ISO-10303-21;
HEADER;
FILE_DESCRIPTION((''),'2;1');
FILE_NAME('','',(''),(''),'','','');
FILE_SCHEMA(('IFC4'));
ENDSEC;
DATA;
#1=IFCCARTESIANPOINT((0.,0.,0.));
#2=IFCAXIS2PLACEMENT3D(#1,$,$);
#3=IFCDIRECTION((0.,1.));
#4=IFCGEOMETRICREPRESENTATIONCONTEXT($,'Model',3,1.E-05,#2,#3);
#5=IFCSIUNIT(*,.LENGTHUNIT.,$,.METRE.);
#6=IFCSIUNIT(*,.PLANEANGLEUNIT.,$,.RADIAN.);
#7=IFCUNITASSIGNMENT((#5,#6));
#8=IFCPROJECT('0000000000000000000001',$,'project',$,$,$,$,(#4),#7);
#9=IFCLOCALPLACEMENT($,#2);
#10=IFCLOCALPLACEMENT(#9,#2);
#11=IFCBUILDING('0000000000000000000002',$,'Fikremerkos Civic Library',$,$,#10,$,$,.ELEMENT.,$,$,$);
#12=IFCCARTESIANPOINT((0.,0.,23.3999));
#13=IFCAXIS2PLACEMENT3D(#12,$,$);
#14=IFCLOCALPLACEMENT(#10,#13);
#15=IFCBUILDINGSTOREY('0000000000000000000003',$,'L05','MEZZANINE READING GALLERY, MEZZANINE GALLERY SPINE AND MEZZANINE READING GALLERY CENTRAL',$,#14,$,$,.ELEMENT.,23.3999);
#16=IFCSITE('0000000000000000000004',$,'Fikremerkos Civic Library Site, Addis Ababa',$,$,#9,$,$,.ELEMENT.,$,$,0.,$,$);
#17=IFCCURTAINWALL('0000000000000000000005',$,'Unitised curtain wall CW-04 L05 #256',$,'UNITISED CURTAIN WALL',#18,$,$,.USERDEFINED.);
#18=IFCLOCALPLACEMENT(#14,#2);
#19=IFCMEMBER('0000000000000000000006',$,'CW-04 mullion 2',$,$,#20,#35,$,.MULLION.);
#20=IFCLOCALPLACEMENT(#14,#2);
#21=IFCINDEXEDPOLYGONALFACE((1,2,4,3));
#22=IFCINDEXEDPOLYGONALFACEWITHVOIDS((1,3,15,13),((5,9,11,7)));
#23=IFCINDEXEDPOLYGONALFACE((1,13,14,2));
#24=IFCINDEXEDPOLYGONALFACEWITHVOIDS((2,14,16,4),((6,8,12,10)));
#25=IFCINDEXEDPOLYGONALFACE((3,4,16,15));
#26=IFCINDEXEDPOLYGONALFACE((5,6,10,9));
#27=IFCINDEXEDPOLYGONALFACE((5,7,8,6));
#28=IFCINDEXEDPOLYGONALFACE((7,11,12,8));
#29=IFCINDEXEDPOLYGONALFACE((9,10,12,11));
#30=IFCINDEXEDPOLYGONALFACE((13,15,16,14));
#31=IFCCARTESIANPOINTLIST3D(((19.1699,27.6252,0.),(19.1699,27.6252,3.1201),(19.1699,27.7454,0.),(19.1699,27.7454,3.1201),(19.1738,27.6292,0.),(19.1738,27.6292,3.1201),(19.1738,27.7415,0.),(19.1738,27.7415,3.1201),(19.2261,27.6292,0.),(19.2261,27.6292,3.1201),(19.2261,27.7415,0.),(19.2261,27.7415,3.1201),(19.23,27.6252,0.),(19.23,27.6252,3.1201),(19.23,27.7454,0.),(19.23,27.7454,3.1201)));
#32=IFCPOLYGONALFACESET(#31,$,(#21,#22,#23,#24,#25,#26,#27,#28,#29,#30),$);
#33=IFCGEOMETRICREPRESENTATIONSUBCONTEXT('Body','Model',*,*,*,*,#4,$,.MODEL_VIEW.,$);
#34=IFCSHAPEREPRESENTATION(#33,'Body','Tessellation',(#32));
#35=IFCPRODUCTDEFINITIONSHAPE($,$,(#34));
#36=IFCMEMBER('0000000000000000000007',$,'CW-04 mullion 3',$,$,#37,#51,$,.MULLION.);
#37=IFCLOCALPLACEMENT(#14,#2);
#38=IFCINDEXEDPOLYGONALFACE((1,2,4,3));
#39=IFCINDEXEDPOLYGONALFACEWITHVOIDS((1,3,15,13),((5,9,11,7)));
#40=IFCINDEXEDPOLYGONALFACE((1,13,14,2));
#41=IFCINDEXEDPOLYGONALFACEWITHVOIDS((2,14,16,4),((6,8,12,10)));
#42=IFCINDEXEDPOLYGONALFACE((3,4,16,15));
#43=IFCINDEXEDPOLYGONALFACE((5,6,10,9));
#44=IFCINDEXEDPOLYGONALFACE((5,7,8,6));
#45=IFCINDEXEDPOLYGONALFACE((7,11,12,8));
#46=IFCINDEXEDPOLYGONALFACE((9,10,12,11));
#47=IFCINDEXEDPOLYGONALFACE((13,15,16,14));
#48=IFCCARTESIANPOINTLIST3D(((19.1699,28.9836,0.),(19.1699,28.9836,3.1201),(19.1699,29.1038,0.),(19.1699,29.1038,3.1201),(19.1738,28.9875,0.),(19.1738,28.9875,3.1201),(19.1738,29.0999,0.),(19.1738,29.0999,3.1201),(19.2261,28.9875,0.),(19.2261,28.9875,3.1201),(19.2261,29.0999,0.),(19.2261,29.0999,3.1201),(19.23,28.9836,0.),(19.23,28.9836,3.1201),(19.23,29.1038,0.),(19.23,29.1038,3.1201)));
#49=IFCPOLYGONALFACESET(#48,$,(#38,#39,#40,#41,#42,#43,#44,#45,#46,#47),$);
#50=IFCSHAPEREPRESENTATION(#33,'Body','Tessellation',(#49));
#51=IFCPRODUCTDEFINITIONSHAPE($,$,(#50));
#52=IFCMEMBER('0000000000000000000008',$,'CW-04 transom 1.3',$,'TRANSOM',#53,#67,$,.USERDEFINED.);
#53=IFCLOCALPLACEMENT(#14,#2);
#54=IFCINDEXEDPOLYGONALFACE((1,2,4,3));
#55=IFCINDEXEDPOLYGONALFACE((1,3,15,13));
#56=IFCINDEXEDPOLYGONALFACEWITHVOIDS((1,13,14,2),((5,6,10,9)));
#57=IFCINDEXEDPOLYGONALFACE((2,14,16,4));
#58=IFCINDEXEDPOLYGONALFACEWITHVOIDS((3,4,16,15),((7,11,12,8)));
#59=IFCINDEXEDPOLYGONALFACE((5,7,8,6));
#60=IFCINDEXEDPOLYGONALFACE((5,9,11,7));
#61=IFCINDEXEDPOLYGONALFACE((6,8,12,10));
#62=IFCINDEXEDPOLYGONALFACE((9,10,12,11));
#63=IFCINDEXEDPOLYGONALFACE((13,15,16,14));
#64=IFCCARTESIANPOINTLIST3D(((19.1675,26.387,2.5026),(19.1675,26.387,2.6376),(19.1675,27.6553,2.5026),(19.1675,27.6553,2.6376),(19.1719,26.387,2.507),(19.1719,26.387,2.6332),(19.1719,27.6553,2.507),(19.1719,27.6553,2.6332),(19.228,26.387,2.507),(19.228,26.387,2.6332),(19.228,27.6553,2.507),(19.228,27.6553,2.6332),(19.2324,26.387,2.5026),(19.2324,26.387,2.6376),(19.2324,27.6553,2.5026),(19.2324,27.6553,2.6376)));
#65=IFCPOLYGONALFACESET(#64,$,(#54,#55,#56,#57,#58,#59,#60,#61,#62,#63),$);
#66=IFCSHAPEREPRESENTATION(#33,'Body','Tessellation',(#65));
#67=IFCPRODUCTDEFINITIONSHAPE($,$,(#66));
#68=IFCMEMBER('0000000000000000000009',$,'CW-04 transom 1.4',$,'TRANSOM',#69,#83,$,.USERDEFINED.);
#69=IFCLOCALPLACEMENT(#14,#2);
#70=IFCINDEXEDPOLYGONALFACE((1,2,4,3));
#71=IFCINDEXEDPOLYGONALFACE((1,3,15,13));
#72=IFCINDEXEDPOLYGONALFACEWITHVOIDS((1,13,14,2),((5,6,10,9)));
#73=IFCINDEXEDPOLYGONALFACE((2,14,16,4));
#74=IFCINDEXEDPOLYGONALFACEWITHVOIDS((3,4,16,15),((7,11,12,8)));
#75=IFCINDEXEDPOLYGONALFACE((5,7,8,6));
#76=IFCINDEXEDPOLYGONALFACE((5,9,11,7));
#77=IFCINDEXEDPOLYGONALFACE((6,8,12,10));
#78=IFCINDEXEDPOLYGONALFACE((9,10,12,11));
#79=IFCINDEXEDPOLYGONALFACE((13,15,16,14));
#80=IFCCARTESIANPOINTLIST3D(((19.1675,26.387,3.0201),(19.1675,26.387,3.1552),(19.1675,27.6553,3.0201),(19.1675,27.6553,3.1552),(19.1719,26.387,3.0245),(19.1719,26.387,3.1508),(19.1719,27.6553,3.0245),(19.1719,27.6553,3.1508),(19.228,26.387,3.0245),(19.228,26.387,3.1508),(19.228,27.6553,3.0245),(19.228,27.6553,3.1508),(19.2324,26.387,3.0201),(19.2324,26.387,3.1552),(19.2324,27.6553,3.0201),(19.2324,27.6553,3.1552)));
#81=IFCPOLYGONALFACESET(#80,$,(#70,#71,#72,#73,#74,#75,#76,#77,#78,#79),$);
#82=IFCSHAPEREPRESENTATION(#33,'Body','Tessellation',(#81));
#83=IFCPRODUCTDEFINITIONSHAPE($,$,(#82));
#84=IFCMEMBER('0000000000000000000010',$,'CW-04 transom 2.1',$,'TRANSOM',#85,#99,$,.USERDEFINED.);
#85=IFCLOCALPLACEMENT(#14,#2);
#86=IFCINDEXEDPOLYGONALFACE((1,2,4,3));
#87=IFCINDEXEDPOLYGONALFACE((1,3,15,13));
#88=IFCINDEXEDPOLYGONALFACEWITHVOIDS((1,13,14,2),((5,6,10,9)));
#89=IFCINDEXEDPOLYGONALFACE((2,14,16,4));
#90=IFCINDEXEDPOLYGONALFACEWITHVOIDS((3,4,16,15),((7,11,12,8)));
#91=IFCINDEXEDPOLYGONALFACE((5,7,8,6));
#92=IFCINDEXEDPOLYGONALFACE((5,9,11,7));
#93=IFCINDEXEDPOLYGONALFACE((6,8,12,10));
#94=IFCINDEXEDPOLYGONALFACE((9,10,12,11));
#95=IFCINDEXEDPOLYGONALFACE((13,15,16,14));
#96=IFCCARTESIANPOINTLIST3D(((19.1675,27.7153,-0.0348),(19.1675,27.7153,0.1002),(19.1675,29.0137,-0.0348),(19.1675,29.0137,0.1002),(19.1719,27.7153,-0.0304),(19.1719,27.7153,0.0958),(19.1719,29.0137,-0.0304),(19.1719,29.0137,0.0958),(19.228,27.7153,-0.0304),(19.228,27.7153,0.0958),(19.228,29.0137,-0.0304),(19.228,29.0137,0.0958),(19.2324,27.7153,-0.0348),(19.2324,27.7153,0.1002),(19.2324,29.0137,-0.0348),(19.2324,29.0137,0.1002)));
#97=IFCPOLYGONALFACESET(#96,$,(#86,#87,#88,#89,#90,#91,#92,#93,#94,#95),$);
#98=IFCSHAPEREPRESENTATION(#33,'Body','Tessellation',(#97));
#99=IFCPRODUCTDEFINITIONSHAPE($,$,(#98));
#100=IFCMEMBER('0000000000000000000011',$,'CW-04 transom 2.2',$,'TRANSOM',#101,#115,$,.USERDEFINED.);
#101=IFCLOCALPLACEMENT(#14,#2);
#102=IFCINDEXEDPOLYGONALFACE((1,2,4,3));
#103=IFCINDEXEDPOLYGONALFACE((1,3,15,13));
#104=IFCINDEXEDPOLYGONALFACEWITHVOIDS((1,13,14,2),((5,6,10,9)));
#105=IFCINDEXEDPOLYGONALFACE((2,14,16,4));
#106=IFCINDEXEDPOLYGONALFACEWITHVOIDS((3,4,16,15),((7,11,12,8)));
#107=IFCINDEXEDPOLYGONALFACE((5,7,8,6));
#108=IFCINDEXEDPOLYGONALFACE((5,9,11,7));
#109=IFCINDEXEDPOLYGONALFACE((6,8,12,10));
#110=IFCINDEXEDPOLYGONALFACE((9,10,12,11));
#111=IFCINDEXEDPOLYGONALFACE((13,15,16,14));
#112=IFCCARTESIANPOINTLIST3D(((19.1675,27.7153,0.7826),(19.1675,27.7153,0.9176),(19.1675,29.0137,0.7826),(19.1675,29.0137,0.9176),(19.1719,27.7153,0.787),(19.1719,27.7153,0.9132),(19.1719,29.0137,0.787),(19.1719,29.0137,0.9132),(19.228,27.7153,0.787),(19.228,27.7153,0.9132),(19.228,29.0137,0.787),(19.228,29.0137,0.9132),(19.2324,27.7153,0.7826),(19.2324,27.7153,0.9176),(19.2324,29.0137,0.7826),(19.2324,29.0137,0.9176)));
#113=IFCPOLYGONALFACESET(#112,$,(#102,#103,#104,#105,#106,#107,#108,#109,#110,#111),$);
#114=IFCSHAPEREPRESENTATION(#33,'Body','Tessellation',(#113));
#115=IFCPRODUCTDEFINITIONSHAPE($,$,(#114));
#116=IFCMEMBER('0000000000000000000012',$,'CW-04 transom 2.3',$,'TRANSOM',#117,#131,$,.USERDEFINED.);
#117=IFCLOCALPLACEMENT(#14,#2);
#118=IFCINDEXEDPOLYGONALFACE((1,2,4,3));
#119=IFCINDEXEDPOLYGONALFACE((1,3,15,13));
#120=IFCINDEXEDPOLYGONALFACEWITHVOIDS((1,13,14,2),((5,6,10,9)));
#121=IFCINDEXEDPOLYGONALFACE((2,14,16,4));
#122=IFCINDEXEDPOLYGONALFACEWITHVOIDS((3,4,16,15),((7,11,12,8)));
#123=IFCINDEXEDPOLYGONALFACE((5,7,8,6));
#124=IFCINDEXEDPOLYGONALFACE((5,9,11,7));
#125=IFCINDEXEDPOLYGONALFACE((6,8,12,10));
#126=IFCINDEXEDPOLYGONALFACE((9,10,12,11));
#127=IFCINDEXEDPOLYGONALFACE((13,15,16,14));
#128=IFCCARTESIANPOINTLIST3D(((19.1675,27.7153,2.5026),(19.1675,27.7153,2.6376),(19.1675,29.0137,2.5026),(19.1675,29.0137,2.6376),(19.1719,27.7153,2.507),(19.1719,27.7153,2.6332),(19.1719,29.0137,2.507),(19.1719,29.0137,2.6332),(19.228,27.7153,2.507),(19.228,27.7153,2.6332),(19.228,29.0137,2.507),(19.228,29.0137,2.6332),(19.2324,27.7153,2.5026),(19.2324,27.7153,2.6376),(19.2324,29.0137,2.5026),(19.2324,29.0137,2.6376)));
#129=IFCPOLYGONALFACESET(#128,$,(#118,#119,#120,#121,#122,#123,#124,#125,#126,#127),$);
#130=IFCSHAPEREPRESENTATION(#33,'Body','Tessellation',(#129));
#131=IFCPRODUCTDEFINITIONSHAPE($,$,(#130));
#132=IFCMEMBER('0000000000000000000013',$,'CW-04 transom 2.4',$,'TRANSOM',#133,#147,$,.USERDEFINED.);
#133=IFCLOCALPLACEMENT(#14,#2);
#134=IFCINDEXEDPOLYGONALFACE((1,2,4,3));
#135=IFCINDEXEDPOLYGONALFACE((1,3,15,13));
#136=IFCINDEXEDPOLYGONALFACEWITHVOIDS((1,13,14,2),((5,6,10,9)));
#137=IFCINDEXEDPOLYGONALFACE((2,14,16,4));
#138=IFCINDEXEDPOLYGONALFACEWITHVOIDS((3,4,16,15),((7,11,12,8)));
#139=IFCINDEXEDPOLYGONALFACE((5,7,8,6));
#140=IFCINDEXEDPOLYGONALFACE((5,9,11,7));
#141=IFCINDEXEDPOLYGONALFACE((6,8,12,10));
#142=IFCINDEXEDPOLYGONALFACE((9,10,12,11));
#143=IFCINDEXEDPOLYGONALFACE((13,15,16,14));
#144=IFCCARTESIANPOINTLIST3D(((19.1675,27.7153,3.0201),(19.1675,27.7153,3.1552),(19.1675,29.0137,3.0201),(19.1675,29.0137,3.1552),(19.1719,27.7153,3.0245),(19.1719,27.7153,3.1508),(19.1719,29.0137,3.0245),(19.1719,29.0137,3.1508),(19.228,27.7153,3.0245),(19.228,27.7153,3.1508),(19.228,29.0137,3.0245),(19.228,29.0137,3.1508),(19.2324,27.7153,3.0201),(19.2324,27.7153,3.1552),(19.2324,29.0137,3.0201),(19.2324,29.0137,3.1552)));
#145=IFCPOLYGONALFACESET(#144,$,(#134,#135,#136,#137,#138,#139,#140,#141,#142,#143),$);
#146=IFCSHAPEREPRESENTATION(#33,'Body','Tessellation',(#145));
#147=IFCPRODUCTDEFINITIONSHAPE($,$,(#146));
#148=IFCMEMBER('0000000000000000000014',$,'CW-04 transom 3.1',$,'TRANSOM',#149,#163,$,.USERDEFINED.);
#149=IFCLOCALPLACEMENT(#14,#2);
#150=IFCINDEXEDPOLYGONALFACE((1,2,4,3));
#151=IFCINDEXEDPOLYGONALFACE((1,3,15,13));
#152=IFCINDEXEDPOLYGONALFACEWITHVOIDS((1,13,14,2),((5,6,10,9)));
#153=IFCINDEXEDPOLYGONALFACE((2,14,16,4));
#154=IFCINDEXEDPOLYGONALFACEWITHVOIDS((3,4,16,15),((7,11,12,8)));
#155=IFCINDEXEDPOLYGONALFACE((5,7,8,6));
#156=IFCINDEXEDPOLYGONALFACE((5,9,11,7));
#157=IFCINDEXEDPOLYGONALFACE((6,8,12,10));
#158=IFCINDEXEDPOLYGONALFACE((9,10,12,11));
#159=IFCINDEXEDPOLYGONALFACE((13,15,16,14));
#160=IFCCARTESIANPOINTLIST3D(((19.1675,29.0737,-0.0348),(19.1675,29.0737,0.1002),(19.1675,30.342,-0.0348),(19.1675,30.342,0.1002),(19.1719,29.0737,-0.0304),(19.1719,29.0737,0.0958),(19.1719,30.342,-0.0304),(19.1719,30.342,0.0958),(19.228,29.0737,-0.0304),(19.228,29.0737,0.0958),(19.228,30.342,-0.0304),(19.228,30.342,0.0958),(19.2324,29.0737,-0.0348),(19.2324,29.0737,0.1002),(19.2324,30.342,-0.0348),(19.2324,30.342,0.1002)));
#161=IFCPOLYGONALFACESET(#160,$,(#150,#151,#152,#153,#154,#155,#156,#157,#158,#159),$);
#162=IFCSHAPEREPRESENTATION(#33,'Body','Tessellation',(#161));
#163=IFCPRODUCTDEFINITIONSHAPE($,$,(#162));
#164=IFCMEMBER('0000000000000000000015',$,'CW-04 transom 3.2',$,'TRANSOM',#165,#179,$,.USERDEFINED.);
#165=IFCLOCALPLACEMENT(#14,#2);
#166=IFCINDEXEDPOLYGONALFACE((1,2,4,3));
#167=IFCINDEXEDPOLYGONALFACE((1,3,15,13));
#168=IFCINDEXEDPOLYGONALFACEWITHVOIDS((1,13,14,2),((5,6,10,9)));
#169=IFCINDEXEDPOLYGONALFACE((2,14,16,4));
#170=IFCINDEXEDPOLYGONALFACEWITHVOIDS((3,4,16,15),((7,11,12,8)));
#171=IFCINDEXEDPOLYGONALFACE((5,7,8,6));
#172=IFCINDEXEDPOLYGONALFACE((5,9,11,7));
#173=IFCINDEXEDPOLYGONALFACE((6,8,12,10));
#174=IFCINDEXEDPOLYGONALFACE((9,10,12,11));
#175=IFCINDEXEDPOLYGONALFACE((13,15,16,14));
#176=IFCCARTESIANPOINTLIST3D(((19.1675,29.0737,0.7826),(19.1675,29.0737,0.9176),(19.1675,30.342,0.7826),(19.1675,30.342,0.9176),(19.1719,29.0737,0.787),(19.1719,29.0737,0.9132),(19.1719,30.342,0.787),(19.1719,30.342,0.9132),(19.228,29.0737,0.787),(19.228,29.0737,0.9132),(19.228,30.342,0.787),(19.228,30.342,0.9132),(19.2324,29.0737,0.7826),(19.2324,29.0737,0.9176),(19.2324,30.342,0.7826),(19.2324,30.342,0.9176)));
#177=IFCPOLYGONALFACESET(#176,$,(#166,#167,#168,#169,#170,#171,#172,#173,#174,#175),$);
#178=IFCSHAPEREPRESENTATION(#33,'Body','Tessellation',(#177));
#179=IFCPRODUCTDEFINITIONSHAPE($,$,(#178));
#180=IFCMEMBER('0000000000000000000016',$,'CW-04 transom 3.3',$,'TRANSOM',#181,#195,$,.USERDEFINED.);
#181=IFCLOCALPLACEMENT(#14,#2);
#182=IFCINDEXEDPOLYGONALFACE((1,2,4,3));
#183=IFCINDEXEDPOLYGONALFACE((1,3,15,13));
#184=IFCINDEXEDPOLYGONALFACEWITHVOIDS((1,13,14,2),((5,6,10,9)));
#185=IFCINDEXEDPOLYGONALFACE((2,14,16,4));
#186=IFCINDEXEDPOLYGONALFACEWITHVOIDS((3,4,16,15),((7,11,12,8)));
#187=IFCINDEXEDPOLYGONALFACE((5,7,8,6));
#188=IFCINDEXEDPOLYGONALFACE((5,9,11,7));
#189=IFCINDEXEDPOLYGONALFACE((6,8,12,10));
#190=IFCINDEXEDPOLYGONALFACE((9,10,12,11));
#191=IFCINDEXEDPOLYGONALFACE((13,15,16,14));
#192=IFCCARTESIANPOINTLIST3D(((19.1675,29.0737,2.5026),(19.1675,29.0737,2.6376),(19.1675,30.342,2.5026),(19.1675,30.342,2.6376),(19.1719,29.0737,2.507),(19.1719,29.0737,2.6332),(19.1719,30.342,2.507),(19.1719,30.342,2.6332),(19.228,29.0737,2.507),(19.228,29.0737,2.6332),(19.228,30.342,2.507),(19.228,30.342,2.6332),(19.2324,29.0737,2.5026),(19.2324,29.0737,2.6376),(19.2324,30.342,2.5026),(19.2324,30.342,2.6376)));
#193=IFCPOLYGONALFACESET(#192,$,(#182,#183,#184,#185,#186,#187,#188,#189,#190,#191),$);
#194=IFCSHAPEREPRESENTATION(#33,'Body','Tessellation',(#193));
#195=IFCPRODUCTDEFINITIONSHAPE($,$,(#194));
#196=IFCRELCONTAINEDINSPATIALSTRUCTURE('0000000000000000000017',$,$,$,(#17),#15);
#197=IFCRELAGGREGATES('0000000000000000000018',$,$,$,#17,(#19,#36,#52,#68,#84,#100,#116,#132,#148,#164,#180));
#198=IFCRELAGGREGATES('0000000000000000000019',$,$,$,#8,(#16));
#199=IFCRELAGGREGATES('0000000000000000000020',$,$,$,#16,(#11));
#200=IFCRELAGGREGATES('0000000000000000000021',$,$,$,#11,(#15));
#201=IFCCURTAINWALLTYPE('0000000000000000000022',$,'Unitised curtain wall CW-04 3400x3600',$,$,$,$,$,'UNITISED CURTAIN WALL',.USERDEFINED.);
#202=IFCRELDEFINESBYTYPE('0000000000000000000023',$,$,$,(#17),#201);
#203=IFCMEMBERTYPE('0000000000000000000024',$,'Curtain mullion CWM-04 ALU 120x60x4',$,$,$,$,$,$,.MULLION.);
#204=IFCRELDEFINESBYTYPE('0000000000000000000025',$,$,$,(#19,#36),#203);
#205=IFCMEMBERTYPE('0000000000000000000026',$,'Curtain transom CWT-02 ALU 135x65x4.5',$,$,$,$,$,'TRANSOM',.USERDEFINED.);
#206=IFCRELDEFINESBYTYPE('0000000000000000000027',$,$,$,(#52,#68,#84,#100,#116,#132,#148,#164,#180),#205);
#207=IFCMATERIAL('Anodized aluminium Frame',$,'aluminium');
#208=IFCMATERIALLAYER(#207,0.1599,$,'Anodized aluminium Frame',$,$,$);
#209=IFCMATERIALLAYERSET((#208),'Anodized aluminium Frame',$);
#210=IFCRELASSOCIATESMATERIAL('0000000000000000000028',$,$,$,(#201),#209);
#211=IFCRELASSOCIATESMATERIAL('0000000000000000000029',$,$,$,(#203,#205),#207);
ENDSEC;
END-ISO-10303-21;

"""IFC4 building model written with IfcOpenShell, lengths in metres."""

from ifc_helpers import new_model, si_unit, direction, frame, origin, origin_2d, place, context, subcontext, project, spatial, hollow_rectangle, extrude, material, layer, layer_set, material_profile, profile_set, type_object, element, aggregate, save


model = new_model("IFC4")

# Units and contexts
model_context = context("Model", 3, precision=1e-05, world=origin(), true_north=direction((0.0, 1.0)))
body_context = subcontext(model_context, "Body", "Model", "MODEL_VIEW")
ifc_project = project(units=[si_unit("LENGTHUNIT", "METRE"), si_unit("PLANEANGLEUNIT", "RADIAN")], contexts=[model_context])

# Site, building, storey
site_placement = place(None, origin())
site = spatial("IfcSite", under=ifc_project, at=site_placement, Name="Fikremerkos Civic Library Site, Addis Ababa", CompositionType="ELEMENT", RefElevation=0.0)
building_placement = place(site_placement, origin())
building = spatial("IfcBuilding", under=site, at=building_placement, Name="Fikremerkos Civic Library", CompositionType="ELEMENT")
storey_placement = place(building_placement, frame((0.0, 0.0, 23.3999)))
storey = spatial("IfcBuildingStorey", under=building, at=storey_placement, Name="L05", Description="MEZZANINE READING GALLERY, MEZZANINE GALLERY SPINE AND MEZZANINE READING GALLERY CENTRAL", CompositionType="ELEMENT", Elevation=23.3999)

# Curtain wall, members
ifc_material_1 = material(Name="Anodized aluminium Frame", Category="aluminium")
ifc_layer_1 = layer(ifc_material_1, 0.1599, Name="Anodized aluminium Frame")
ifc_layer_set_1 = layer_set([ifc_layer_1], Name="Anodized aluminium Frame")
curtain_wall_type = type_object("IfcCurtainWallType", Name="Unitised curtain wall CW-04 3400x3600", ElementType="UNITISED CURTAIN WALL", PredefinedType="USERDEFINED", material=ifc_layer_set_1)
curtain_wall_placement = place(storey_placement, origin())
curtain_wall = element("IfcCurtainWall", 1, at=curtain_wall_placement, inside=storey, type_object=curtain_wall_type, Name="Unitised curtain wall CW-04 L05 #256", ObjectType="UNITISED CURTAIN WALL", PredefinedType="USERDEFINED")
ifc_material_profile_1 = material_profile(ifc_material_1, hollow_rectangle(XDim=0.0601, YDim=0.1201, WallThickness=0.0039, at=origin_2d()), Name="ALU 120x60x4")
ifc_profile_set_1 = profile_set([ifc_material_profile_1], Name="Anodized aluminium Frame")
member_type_1 = type_object("IfcMemberType", Name="Curtain mullion CWM-04 ALU 120x60x4", PredefinedType="MULLION", material=ifc_profile_set_1)
member_1_placement = place(storey_placement, frame((19.2, 27.6853, 0.0), z_axis=(0.0, 0.0, 1.0), x_axis=(-1.0, 0.0, 0.0)))
member_1 = element("IfcMember", 2, at=member_1_placement, type_object=member_type_1, Name="CW-04 mullion 2", PredefinedType="MULLION", context=body_context, shape_type="SweptSolid", body=[
    extrude(hollow_rectangle(XDim=0.0601, YDim=0.1201, WallThickness=0.0039, at=origin_2d()), origin(), (0.0, 0.0, 1.0), 3.1201),
])
member_2_placement = place(storey_placement, frame((19.2, 29.0437, 0.0), z_axis=(0.0, 0.0, 1.0), x_axis=(-1.0, 0.0, 0.0)))
member_2 = element("IfcMember", 3, at=member_2_placement, type_object=member_type_1, Name="CW-04 mullion 3", PredefinedType="MULLION", context=body_context, shape_type="SweptSolid", body=[
    extrude(hollow_rectangle(XDim=0.0601, YDim=0.1201, WallThickness=0.0039, at=origin_2d()), origin(), (0.0, 0.0, 1.0), 3.1201),
])
ifc_material_profile_2 = material_profile(ifc_material_1, hollow_rectangle(XDim=0.0649, YDim=0.135, WallThickness=0.0044, at=origin_2d()), Name="ALU 135x65x4.5")
ifc_profile_set_2 = profile_set([ifc_material_profile_2], Name="Anodized aluminium Frame")
member_type_2 = type_object("IfcMemberType", Name="Curtain transom CWT-02 ALU 135x65x4.5", ElementType="TRANSOM", PredefinedType="USERDEFINED", material=ifc_profile_set_2)
member_3_placement = place(storey_placement, frame((19.2, 26.387, 2.5701), z_axis=(0.0, 1.0, 0.0), x_axis=(-1.0, 0.0, 0.0)))
member_3 = element("IfcMember", 4, at=member_3_placement, type_object=member_type_2, Name="CW-04 transom 1.3", ObjectType="TRANSOM", PredefinedType="USERDEFINED", context=body_context, shape_type="SweptSolid", body=[
    extrude(hollow_rectangle(XDim=0.0649, YDim=0.135, WallThickness=0.0044, at=origin_2d()), origin(), (0.0, 0.0, 1.0), 1.2683),
])
member_4_placement = place(storey_placement, frame((19.2, 26.387, 3.0876), z_axis=(0.0, 1.0, 0.0), x_axis=(-1.0, 0.0, 0.0)))
member_4 = element("IfcMember", 5, at=member_4_placement, type_object=member_type_2, Name="CW-04 transom 1.4", ObjectType="TRANSOM", PredefinedType="USERDEFINED", context=body_context, shape_type="SweptSolid", body=[
    extrude(hollow_rectangle(XDim=0.0649, YDim=0.135, WallThickness=0.0044, at=origin_2d()), origin(), (0.0, 0.0, 1.0), 1.2683),
])
member_5_placement = place(storey_placement, frame((19.2, 27.7153, 0.0327), z_axis=(0.0, 1.0, 0.0), x_axis=(-1.0, 0.0, 0.0)))
member_5 = element("IfcMember", 6, at=member_5_placement, type_object=member_type_2, Name="CW-04 transom 2.1", ObjectType="TRANSOM", PredefinedType="USERDEFINED", context=body_context, shape_type="SweptSolid", body=[
    extrude(hollow_rectangle(XDim=0.0649, YDim=0.135, WallThickness=0.0044, at=origin_2d()), origin(), (0.0, 0.0, 1.0), 1.2983),
])
member_6_placement = place(storey_placement, frame((19.2, 27.7153, 0.8501), z_axis=(0.0, 1.0, 0.0), x_axis=(-1.0, 0.0, 0.0)))
member_6 = element("IfcMember", 7, at=member_6_placement, type_object=member_type_2, Name="CW-04 transom 2.2", ObjectType="TRANSOM", PredefinedType="USERDEFINED", context=body_context, shape_type="SweptSolid", body=[
    extrude(hollow_rectangle(XDim=0.0649, YDim=0.135, WallThickness=0.0044, at=origin_2d()), origin(), (0.0, 0.0, 1.0), 1.2983),
])
member_7_placement = place(storey_placement, frame((19.2, 27.7153, 2.5701), z_axis=(0.0, 1.0, 0.0), x_axis=(-1.0, 0.0, 0.0)))
member_7 = element("IfcMember", 8, at=member_7_placement, type_object=member_type_2, Name="CW-04 transom 2.3", ObjectType="TRANSOM", PredefinedType="USERDEFINED", context=body_context, shape_type="SweptSolid", body=[
    extrude(hollow_rectangle(XDim=0.0649, YDim=0.135, WallThickness=0.0044, at=origin_2d()), origin(), (0.0, 0.0, 1.0), 1.2983),
])
member_8_placement = place(storey_placement, frame((19.2, 27.7153, 3.0876), z_axis=(0.0, 1.0, 0.0), x_axis=(-1.0, 0.0, 0.0)))
member_8 = element("IfcMember", 9, at=member_8_placement, type_object=member_type_2, Name="CW-04 transom 2.4", ObjectType="TRANSOM", PredefinedType="USERDEFINED", context=body_context, shape_type="SweptSolid", body=[
    extrude(hollow_rectangle(XDim=0.0649, YDim=0.135, WallThickness=0.0044, at=origin_2d()), origin(), (0.0, 0.0, 1.0), 1.2983),
])
member_9_placement = place(storey_placement, frame((19.2, 29.0737, 0.0327), z_axis=(0.0, 1.0, 0.0), x_axis=(-1.0, 0.0, 0.0)))
member_9 = element("IfcMember", 10, at=member_9_placement, type_object=member_type_2, Name="CW-04 transom 3.1", ObjectType="TRANSOM", PredefinedType="USERDEFINED", context=body_context, shape_type="SweptSolid", body=[
    extrude(hollow_rectangle(XDim=0.0649, YDim=0.135, WallThickness=0.0044, at=origin_2d()), origin(), (0.0, 0.0, 1.0), 1.2683),
])
member_10_placement = place(storey_placement, frame((19.2, 29.0737, 0.8501), z_axis=(0.0, 1.0, 0.0), x_axis=(-1.0, 0.0, 0.0)))
member_10 = element("IfcMember", 11, at=member_10_placement, type_object=member_type_2, Name="CW-04 transom 3.2", ObjectType="TRANSOM", PredefinedType="USERDEFINED", context=body_context, shape_type="SweptSolid", body=[
    extrude(hollow_rectangle(XDim=0.0649, YDim=0.135, WallThickness=0.0044, at=origin_2d()), origin(), (0.0, 0.0, 1.0), 1.2683),
])
member_11_placement = place(storey_placement, frame((19.2, 29.0737, 2.5701), z_axis=(0.0, 1.0, 0.0), x_axis=(-1.0, 0.0, 0.0)))
member_11 = element("IfcMember", 12, at=member_11_placement, type_object=member_type_2, Name="CW-04 transom 3.3", ObjectType="TRANSOM", PredefinedType="USERDEFINED", context=body_context, shape_type="SweptSolid", body=[
    extrude(hollow_rectangle(XDim=0.0649, YDim=0.135, WallThickness=0.0044, at=origin_2d()), origin(), (0.0, 0.0, 1.0), 1.2683),
])
aggregate(curtain_wall, [member_1, member_2, member_3, member_4, member_5, member_6, member_7, member_8, member_9, member_10, member_11])

save(model, "model.ifc")
